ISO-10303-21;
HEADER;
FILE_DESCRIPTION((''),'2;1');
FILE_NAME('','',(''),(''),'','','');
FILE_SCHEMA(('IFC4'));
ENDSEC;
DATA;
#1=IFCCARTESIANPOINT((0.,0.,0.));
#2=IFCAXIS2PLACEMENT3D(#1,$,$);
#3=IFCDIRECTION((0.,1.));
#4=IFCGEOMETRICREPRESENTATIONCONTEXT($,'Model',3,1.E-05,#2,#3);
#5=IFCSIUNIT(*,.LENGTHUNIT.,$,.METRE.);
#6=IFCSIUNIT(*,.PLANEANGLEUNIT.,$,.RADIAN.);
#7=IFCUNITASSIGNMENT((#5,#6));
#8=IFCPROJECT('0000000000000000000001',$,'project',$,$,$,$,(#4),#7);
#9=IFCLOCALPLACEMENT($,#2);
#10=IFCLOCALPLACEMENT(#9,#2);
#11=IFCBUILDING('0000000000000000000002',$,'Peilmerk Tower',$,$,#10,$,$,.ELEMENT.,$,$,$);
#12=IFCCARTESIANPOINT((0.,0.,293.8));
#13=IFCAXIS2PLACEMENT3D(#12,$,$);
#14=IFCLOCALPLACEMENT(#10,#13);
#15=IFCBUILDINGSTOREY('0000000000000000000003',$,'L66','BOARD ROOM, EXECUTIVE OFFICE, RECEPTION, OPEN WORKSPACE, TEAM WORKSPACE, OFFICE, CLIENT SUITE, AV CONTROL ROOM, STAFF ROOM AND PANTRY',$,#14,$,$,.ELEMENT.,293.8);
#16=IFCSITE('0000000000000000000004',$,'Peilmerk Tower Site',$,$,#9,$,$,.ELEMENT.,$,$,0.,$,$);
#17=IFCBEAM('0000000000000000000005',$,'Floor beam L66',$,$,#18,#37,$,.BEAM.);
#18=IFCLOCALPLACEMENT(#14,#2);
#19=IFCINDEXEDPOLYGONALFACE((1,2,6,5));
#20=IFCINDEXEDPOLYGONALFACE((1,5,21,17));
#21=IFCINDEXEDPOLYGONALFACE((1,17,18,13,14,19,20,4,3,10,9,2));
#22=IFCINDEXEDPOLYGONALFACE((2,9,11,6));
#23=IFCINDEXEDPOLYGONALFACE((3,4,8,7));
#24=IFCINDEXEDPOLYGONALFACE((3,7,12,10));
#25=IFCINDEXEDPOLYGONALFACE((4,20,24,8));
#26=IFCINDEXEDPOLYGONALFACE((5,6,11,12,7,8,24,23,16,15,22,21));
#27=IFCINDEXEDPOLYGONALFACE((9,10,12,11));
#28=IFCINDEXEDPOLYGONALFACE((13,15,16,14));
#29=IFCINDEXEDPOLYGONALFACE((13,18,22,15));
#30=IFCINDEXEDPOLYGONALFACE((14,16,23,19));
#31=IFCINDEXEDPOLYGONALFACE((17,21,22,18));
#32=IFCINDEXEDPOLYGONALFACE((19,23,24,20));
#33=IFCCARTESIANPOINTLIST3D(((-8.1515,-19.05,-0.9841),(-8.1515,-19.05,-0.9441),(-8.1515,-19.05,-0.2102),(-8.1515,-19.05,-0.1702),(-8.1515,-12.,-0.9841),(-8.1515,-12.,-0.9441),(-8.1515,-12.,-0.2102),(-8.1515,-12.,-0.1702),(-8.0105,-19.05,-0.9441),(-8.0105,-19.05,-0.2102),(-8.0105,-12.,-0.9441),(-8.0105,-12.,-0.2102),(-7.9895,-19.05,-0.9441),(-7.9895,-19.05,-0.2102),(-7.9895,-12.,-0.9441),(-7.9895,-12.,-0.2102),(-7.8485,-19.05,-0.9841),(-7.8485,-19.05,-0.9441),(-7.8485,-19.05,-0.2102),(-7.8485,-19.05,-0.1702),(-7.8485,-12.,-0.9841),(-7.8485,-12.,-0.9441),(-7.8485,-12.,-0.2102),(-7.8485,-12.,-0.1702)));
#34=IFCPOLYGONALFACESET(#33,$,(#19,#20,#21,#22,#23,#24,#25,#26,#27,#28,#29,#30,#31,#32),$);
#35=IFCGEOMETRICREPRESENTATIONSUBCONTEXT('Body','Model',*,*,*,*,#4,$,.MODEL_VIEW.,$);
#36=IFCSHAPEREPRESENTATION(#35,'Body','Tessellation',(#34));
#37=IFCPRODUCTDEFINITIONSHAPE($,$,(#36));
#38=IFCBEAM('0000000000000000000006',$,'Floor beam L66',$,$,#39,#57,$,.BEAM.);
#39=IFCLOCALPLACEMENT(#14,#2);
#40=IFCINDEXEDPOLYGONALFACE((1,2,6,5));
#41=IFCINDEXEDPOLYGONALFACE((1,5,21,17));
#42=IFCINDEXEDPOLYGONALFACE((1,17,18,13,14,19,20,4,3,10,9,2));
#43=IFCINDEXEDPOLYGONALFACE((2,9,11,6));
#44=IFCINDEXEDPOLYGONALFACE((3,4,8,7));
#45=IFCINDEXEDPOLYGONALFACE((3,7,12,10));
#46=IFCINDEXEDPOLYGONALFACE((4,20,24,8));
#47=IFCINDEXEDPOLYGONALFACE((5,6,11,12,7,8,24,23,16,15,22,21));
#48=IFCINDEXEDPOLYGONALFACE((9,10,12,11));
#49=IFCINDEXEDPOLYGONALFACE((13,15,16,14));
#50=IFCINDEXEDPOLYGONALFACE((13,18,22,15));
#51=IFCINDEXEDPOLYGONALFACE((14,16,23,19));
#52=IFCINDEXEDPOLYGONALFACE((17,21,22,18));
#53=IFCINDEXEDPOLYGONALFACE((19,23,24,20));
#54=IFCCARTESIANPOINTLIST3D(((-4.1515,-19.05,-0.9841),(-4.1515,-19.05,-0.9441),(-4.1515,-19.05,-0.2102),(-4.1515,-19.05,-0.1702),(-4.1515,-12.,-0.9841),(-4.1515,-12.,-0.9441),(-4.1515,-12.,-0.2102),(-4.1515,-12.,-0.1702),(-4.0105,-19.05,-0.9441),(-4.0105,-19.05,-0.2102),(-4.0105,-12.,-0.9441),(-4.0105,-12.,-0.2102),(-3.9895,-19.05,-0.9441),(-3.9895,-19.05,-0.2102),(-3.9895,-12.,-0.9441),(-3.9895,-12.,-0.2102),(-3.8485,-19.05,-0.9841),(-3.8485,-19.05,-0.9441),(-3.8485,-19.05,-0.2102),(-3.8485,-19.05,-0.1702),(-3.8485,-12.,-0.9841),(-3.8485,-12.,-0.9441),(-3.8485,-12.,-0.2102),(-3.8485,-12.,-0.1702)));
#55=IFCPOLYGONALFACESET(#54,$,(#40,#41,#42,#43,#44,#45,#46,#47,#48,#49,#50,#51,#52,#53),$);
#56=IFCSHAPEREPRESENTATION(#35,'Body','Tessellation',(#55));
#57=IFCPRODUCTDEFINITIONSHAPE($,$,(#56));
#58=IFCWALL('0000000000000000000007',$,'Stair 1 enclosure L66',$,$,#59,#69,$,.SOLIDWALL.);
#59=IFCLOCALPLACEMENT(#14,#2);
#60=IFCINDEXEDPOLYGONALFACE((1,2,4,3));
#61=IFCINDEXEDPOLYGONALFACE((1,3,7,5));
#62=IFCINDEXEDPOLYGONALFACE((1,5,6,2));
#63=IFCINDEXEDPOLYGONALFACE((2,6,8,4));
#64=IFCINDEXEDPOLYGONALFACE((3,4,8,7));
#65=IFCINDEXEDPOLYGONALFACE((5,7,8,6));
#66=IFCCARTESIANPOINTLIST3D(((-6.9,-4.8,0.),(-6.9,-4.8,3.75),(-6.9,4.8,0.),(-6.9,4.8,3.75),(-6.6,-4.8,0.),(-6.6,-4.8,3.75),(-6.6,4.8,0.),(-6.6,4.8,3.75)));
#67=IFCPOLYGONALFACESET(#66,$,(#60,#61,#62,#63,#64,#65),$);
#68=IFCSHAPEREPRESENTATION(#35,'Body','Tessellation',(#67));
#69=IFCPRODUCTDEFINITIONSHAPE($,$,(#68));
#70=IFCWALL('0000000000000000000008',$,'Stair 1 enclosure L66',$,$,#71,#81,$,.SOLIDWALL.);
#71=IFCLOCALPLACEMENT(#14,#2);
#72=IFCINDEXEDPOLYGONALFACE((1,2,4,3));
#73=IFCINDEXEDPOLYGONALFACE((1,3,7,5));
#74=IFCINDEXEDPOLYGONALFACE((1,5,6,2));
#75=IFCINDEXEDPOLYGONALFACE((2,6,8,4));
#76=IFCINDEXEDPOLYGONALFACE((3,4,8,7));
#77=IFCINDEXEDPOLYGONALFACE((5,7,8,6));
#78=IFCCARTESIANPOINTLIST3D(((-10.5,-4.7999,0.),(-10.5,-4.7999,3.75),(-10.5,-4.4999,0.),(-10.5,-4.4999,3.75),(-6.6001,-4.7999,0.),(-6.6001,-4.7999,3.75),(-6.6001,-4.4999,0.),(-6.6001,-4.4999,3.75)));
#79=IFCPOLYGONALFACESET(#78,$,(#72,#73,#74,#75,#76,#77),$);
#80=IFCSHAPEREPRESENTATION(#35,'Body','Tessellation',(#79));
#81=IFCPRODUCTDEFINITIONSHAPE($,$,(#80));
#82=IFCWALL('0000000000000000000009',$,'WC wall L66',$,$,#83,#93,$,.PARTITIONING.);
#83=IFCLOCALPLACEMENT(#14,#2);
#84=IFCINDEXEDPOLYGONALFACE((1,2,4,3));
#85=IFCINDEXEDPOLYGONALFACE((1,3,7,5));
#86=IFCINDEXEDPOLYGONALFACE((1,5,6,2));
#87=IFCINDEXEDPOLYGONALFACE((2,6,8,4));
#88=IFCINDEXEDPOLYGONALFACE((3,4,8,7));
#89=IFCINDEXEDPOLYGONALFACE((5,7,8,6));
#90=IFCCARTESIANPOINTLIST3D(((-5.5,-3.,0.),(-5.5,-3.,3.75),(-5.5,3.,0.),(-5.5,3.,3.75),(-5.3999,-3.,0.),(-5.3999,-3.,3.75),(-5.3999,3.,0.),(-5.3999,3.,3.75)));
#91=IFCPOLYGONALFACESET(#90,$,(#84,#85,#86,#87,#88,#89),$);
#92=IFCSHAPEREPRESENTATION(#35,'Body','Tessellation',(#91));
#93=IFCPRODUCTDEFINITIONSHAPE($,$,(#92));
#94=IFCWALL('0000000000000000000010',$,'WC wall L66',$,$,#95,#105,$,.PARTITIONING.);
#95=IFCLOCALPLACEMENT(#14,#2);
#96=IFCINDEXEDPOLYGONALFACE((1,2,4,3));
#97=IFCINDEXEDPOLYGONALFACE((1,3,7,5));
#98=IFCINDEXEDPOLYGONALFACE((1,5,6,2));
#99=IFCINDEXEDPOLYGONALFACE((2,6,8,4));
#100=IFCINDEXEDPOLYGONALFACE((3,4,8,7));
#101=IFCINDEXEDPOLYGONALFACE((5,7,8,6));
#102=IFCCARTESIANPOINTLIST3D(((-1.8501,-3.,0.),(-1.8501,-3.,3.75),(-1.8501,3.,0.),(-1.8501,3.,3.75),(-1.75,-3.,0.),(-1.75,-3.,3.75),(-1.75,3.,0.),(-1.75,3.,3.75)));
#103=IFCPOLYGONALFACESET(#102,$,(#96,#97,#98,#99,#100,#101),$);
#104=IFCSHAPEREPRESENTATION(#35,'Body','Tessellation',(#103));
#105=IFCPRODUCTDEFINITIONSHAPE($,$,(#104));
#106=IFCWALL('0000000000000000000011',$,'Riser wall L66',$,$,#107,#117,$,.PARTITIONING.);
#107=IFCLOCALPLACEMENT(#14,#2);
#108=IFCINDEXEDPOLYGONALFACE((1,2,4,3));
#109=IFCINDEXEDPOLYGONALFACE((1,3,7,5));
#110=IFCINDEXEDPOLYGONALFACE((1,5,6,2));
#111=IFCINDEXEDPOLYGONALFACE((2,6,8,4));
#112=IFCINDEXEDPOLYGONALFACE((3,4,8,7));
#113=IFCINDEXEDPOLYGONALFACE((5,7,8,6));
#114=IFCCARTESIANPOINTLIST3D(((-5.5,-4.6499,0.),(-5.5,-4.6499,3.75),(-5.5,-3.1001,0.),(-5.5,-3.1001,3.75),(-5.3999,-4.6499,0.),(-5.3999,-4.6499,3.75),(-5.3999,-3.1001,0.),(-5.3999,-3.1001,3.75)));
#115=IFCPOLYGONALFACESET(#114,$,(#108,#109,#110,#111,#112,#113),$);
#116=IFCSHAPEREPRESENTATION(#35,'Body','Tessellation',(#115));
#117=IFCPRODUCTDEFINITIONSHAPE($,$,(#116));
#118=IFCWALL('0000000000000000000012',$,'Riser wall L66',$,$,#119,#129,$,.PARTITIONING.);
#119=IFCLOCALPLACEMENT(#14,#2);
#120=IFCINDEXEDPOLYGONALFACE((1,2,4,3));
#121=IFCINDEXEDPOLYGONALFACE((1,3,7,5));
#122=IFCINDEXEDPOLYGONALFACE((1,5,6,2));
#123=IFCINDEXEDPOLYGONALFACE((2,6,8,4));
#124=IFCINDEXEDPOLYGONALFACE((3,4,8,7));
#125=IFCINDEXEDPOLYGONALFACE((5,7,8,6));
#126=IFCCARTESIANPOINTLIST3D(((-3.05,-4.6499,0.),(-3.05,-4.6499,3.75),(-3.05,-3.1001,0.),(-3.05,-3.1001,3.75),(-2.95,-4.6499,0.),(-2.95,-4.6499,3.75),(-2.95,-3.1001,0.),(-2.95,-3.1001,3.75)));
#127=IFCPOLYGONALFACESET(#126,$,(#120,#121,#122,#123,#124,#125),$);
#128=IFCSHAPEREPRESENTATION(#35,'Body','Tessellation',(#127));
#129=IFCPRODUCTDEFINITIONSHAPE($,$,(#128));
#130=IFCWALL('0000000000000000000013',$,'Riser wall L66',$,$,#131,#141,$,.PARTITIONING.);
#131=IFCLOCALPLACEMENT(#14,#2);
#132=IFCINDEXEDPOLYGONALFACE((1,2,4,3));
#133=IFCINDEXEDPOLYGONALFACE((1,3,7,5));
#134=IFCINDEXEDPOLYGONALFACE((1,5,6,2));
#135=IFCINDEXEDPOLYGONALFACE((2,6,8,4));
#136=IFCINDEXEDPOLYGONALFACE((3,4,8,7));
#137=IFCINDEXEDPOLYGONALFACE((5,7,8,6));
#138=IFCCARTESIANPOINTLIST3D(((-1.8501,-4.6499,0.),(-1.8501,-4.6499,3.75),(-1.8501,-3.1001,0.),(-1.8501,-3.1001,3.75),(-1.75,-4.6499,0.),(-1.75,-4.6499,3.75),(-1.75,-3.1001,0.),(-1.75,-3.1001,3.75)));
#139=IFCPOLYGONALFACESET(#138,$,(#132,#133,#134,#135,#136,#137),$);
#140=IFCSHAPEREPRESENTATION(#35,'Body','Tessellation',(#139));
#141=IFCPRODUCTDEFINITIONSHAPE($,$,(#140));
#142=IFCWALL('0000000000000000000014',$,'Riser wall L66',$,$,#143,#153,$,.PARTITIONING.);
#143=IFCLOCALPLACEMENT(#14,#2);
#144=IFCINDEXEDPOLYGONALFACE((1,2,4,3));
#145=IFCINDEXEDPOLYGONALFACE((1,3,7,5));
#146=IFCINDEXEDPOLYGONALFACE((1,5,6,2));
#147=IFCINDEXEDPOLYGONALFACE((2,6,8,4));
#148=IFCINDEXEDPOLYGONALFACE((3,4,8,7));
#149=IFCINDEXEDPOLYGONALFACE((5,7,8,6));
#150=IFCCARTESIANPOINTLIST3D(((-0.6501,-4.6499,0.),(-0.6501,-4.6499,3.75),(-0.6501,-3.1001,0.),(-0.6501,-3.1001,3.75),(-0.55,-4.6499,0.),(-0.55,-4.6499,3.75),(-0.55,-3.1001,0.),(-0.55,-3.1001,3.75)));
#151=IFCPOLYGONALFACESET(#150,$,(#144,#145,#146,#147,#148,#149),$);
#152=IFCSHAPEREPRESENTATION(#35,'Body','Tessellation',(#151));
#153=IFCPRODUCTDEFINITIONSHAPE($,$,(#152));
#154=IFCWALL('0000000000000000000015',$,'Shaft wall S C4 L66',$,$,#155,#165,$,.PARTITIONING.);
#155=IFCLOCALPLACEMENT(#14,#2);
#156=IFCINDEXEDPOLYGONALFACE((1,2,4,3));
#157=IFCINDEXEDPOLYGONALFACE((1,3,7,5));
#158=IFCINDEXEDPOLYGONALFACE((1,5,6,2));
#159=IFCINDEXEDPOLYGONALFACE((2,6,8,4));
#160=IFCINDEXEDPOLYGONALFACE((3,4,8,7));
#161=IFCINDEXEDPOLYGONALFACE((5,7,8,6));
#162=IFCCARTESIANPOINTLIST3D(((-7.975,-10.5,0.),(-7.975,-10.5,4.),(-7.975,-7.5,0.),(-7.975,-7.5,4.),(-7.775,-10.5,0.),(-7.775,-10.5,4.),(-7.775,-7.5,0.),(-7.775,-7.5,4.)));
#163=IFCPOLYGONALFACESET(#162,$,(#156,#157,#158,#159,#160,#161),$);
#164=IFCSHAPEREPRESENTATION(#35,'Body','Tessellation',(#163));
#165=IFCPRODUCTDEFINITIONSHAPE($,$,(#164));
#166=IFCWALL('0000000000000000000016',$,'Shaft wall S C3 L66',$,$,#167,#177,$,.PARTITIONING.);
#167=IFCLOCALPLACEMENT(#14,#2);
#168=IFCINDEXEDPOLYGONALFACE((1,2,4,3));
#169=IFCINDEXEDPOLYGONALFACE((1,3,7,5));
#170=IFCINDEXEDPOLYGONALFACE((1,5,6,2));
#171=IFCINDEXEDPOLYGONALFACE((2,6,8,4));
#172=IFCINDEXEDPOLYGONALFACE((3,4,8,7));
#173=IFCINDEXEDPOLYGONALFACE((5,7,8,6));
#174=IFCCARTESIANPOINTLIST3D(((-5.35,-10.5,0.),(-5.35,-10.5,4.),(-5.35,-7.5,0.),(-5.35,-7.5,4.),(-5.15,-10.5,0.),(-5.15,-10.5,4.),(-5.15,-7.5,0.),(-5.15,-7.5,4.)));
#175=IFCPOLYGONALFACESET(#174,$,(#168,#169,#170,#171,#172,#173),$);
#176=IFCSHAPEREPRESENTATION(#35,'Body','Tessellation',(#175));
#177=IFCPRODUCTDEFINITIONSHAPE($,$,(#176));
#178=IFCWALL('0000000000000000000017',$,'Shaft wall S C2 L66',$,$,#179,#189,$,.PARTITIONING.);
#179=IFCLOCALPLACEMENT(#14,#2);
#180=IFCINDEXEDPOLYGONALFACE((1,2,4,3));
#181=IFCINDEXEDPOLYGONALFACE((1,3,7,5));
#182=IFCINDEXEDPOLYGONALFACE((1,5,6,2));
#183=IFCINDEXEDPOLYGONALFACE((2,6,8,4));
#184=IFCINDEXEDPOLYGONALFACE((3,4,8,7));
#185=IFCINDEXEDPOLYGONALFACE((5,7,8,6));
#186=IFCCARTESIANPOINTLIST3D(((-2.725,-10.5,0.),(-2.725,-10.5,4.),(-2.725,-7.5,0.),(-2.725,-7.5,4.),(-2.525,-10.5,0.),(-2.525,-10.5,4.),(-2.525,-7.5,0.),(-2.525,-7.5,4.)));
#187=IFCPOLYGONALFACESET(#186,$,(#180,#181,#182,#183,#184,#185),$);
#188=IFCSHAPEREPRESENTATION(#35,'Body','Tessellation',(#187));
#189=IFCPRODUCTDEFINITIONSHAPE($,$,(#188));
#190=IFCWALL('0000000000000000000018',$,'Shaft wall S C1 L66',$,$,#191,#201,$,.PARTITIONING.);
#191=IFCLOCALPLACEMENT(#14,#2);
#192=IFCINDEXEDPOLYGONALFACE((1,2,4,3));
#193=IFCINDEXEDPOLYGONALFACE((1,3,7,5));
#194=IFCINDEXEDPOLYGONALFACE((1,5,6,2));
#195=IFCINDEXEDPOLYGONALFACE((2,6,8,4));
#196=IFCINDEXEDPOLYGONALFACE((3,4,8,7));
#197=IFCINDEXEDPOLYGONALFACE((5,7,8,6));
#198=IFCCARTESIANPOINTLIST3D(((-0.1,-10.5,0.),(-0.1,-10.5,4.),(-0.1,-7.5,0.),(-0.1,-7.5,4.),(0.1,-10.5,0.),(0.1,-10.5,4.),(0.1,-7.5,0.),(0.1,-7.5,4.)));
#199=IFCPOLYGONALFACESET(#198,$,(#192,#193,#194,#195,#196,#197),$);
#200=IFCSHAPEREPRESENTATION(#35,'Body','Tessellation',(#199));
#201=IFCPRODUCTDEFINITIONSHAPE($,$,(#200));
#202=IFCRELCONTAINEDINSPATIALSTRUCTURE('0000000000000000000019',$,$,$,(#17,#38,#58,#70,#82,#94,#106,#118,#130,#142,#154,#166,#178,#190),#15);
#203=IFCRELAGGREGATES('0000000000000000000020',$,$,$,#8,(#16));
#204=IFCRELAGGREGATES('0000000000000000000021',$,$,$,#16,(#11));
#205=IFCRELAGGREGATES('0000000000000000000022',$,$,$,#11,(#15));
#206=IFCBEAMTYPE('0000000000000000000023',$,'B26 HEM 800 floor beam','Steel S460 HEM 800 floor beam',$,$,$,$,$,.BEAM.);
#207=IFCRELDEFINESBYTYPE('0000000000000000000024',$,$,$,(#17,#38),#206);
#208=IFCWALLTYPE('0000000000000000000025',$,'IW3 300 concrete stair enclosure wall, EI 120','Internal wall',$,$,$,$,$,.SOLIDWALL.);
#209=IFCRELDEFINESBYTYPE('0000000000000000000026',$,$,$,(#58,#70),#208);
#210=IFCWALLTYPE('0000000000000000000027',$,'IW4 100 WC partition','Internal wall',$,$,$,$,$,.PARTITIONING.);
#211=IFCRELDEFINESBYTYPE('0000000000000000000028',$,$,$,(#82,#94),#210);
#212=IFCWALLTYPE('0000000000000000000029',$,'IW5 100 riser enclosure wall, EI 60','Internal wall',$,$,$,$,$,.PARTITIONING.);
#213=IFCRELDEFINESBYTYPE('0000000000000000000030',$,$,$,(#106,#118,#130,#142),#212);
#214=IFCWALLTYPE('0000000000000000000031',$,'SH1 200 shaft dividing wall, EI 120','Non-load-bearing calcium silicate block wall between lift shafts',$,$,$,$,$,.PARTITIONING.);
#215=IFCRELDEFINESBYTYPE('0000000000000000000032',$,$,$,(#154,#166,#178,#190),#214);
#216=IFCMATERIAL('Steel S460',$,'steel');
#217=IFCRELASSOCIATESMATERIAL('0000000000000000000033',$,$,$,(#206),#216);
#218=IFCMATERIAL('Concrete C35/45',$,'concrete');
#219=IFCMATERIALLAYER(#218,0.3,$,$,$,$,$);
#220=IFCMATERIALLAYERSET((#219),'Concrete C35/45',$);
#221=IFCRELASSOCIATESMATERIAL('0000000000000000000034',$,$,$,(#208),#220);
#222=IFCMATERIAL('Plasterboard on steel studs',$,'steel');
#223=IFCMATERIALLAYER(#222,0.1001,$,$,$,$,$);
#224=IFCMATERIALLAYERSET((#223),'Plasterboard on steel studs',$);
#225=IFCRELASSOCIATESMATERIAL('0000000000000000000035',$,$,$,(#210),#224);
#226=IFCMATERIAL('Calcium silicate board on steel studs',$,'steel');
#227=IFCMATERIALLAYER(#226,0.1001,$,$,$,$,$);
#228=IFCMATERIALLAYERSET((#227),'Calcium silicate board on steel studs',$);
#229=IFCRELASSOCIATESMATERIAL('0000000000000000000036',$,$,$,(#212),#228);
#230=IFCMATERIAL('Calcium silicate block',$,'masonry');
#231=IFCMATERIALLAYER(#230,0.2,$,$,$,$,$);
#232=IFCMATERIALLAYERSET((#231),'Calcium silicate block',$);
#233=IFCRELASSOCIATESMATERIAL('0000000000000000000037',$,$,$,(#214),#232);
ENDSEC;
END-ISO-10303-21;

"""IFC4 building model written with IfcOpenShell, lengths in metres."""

from ifc_helpers import new_model, si_unit, direction, frame, frame_2d, origin, origin_2d, place, context, subcontext, project, spatial, rectangle, i_section, extrude, material, layer, layer_set, material_profile, profile_set, type_object, element, save


model = new_model("IFC4")

# Units and contexts
model_context = context("Model", 3, precision=1e-05, world=origin(), true_north=direction((0.0, 1.0)))
body_context = subcontext(model_context, "Body", "Model", "MODEL_VIEW")
ifc_project = project(units=[si_unit("LENGTHUNIT", "METRE"), si_unit("PLANEANGLEUNIT", "RADIAN")], contexts=[model_context])

# Site, building, storey
site_placement = place(None, origin())
site = spatial("IfcSite", under=ifc_project, at=site_placement, Name="Peilmerk Tower Site", CompositionType="ELEMENT", RefElevation=0.0)
building_placement = place(site_placement, origin())
building = spatial("IfcBuilding", under=site, at=building_placement, Name="Peilmerk Tower", CompositionType="ELEMENT")
storey_placement = place(building_placement, frame((0.0, 0.0, 293.8)))
storey = spatial("IfcBuildingStorey", under=building, at=storey_placement, Name="L66", Description="BOARD ROOM, EXECUTIVE OFFICE, RECEPTION, OPEN WORKSPACE, TEAM WORKSPACE, OFFICE, CLIENT SUITE, AV CONTROL ROOM, STAFF ROOM AND PANTRY", CompositionType="ELEMENT", Elevation=293.8)

# Beams
ifc_material_1 = material(Name="Steel S460", Category="steel")
ifc_material_profile = material_profile(ifc_material_1, i_section(OverallWidth=0.303, OverallDepth=0.814, WebThickness=0.021, FlangeThickness=0.04, at=origin_2d()), Name="HEM 800")
ifc_profile_set = profile_set([ifc_material_profile], Name="Steel S460")
beam_type = type_object("IfcBeamType", Name="B26 HEM 800 floor beam", Description="Steel S460 HEM 800 floor beam", PredefinedType="BEAM", material=ifc_profile_set)
for number, where, z_axis, x_axis, name in (
    (1, (-8.0, -12.0, -0.5771), (0.0, -1.0, 0.0), (1.0, 0.0, 0.0), "Floor beam L66"),
    (2, (-4.0, -12.0, -0.5771), (0.0, -1.0, 0.0), (1.0, 0.0, 0.0), "Floor beam L66"),
):
    element("IfcBeam", number, at=place(storey_placement, frame(where, z_axis=z_axis, x_axis=x_axis)), inside=storey, type_object=beam_type, Name=name, PredefinedType="BEAM", context=body_context, shape_type="SweptSolid", body=[
        extrude(i_section(OverallWidth=0.303, OverallDepth=0.814, WebThickness=0.021, FlangeThickness=0.04, at=origin_2d()), origin(), (0.0, 0.0, 1.0), 7.05),
    ])

# Walls
ifc_material_2 = material(Name="Concrete C35/45", Category="concrete")
ifc_layer_1 = layer(ifc_material_2, 0.3)
ifc_layer_set_1 = layer_set([ifc_layer_1], Name="Concrete C35/45")
wall_type_1 = type_object("IfcWallType", Name="IW3 300 concrete stair enclosure wall, EI 120", Description="Internal wall", PredefinedType="SOLIDWALL", material=ifc_layer_set_1)
wall_1_placement = place(storey_placement, frame((-6.75, -4.8, 0.0), z_axis=(0.0, 0.0, 1.0), x_axis=(0.0, 1.0, 0.0)))
element("IfcWall", 3, at=wall_1_placement, inside=storey, type_object=wall_type_1, Name="Stair 1 enclosure L66", PredefinedType="SOLIDWALL", context=body_context, shape_type="SweptSolid", body=[
    extrude(rectangle(XDim=9.6001, YDim=0.3, at=frame_2d((4.8, 0.0))), origin(), (0.0, 0.0, 1.0), 3.75),
])
wall_2_placement = place(storey_placement, frame((-6.6001, -4.6499, 0.0), z_axis=(0.0, 0.0, 1.0), x_axis=(-1.0, 0.0, 0.0)))
element("IfcWall", 4, at=wall_2_placement, inside=storey, type_object=wall_type_1, Name="Stair 1 enclosure L66", PredefinedType="SOLIDWALL", context=body_context, shape_type="SweptSolid", body=[
    extrude(rectangle(XDim=3.8999, YDim=0.3, at=frame_2d((1.95, 0.0))), origin(), (0.0, 0.0, 1.0), 3.75),
])
ifc_material_3 = material(Name="Plasterboard on steel studs", Category="steel")
ifc_layer_2 = layer(ifc_material_3, 0.1001)
ifc_layer_set_2 = layer_set([ifc_layer_2], Name="Plasterboard on steel studs")
wall_type_2 = type_object("IfcWallType", Name="IW4 100 WC partition", Description="Internal wall", PredefinedType="PARTITIONING", material=ifc_layer_set_2)
for number, where, z_axis, x_axis, name in (
    (5, (-5.45, -3.0, 0.0), (0.0, 0.0, 1.0), (0.0, 1.0, 0.0), "WC wall L66"),
    (6, (-1.8, -3.0, 0.0), (0.0, 0.0, 1.0), (0.0, 1.0, 0.0), "WC wall L66"),
):
    element("IfcWall", number, at=place(storey_placement, frame(where, z_axis=z_axis, x_axis=x_axis)), inside=storey, type_object=wall_type_2, Name=name, PredefinedType="PARTITIONING", context=body_context, shape_type="SweptSolid", body=[
        extrude(rectangle(XDim=6.0, YDim=0.1001, at=frame_2d((3.0, 0.0))), origin(), (0.0, 0.0, 1.0), 3.75),
    ])
ifc_material_4 = material(Name="Calcium silicate board on steel studs", Category="steel")
ifc_layer_3 = layer(ifc_material_4, 0.1001)
ifc_layer_set_3 = layer_set([ifc_layer_3], Name="Calcium silicate board on steel studs")
wall_type_3 = type_object("IfcWallType", Name="IW5 100 riser enclosure wall, EI 60", Description="Internal wall", PredefinedType="PARTITIONING", material=ifc_layer_set_3)
for number, where, z_axis, x_axis, name in (
    (7, (-5.45, -3.1001, 0.0), (0.0, 0.0, 1.0), (0.0, -1.0, 0.0), "Riser wall L66"),
    (8, (-3.0, -3.1001, 0.0), (0.0, 0.0, 1.0), (0.0, -1.0, 0.0), "Riser wall L66"),
    (9, (-1.8, -3.1001, 0.0), (0.0, 0.0, 1.0), (0.0, -1.0, 0.0), "Riser wall L66"),
    (10, (-0.6001, -3.1001, 0.0), (0.0, 0.0, 1.0), (0.0, -1.0, 0.0), "Riser wall L66"),
):
    element("IfcWall", number, at=place(storey_placement, frame(where, z_axis=z_axis, x_axis=x_axis)), inside=storey, type_object=wall_type_3, Name=name, PredefinedType="PARTITIONING", context=body_context, shape_type="SweptSolid", body=[
        extrude(rectangle(XDim=1.5498, YDim=0.1001, at=frame_2d((0.7749, 0.0))), origin(), (0.0, 0.0, 1.0), 3.75),
    ])
ifc_material_5 = material(Name="Calcium silicate block", Category="masonry")
ifc_layer_4 = layer(ifc_material_5, 0.2)
ifc_layer_set_4 = layer_set([ifc_layer_4], Name="Calcium silicate block")
wall_type_4 = type_object("IfcWallType", Name="SH1 200 shaft dividing wall, EI 120", Description="Non-load-bearing calcium silicate block wall between lift shafts", PredefinedType="PARTITIONING", material=ifc_layer_set_4)
for number, where, z_axis, x_axis, name in (
    (11, (-7.875, -10.5, 0.0), (0.0, 0.0, 1.0), (0.0, 1.0, 0.0), "Shaft wall S C4 L66"),
    (12, (-5.25, -10.5, 0.0), (0.0, 0.0, 1.0), (0.0, 1.0, 0.0), "Shaft wall S C3 L66"),
    (13, (-2.625, -10.5, 0.0), (0.0, 0.0, 1.0), (0.0, 1.0, 0.0), "Shaft wall S C2 L66"),
    (14, (0.0, -10.5, 0.0), (0.0, 0.0, 1.0), (0.0, 1.0, 0.0), "Shaft wall S C1 L66"),
):
    element("IfcWall", number, at=place(storey_placement, frame(where, z_axis=z_axis, x_axis=x_axis)), inside=storey, type_object=wall_type_4, Name=name, PredefinedType="PARTITIONING", context=body_context, shape_type="SweptSolid", body=[
        extrude(rectangle(XDim=3.0, YDim=0.2, at=frame_2d((1.5, 0.0))), origin(), (0.0, 0.0, 1.0), 4.0),
    ])

save(model, "model.ifc")
